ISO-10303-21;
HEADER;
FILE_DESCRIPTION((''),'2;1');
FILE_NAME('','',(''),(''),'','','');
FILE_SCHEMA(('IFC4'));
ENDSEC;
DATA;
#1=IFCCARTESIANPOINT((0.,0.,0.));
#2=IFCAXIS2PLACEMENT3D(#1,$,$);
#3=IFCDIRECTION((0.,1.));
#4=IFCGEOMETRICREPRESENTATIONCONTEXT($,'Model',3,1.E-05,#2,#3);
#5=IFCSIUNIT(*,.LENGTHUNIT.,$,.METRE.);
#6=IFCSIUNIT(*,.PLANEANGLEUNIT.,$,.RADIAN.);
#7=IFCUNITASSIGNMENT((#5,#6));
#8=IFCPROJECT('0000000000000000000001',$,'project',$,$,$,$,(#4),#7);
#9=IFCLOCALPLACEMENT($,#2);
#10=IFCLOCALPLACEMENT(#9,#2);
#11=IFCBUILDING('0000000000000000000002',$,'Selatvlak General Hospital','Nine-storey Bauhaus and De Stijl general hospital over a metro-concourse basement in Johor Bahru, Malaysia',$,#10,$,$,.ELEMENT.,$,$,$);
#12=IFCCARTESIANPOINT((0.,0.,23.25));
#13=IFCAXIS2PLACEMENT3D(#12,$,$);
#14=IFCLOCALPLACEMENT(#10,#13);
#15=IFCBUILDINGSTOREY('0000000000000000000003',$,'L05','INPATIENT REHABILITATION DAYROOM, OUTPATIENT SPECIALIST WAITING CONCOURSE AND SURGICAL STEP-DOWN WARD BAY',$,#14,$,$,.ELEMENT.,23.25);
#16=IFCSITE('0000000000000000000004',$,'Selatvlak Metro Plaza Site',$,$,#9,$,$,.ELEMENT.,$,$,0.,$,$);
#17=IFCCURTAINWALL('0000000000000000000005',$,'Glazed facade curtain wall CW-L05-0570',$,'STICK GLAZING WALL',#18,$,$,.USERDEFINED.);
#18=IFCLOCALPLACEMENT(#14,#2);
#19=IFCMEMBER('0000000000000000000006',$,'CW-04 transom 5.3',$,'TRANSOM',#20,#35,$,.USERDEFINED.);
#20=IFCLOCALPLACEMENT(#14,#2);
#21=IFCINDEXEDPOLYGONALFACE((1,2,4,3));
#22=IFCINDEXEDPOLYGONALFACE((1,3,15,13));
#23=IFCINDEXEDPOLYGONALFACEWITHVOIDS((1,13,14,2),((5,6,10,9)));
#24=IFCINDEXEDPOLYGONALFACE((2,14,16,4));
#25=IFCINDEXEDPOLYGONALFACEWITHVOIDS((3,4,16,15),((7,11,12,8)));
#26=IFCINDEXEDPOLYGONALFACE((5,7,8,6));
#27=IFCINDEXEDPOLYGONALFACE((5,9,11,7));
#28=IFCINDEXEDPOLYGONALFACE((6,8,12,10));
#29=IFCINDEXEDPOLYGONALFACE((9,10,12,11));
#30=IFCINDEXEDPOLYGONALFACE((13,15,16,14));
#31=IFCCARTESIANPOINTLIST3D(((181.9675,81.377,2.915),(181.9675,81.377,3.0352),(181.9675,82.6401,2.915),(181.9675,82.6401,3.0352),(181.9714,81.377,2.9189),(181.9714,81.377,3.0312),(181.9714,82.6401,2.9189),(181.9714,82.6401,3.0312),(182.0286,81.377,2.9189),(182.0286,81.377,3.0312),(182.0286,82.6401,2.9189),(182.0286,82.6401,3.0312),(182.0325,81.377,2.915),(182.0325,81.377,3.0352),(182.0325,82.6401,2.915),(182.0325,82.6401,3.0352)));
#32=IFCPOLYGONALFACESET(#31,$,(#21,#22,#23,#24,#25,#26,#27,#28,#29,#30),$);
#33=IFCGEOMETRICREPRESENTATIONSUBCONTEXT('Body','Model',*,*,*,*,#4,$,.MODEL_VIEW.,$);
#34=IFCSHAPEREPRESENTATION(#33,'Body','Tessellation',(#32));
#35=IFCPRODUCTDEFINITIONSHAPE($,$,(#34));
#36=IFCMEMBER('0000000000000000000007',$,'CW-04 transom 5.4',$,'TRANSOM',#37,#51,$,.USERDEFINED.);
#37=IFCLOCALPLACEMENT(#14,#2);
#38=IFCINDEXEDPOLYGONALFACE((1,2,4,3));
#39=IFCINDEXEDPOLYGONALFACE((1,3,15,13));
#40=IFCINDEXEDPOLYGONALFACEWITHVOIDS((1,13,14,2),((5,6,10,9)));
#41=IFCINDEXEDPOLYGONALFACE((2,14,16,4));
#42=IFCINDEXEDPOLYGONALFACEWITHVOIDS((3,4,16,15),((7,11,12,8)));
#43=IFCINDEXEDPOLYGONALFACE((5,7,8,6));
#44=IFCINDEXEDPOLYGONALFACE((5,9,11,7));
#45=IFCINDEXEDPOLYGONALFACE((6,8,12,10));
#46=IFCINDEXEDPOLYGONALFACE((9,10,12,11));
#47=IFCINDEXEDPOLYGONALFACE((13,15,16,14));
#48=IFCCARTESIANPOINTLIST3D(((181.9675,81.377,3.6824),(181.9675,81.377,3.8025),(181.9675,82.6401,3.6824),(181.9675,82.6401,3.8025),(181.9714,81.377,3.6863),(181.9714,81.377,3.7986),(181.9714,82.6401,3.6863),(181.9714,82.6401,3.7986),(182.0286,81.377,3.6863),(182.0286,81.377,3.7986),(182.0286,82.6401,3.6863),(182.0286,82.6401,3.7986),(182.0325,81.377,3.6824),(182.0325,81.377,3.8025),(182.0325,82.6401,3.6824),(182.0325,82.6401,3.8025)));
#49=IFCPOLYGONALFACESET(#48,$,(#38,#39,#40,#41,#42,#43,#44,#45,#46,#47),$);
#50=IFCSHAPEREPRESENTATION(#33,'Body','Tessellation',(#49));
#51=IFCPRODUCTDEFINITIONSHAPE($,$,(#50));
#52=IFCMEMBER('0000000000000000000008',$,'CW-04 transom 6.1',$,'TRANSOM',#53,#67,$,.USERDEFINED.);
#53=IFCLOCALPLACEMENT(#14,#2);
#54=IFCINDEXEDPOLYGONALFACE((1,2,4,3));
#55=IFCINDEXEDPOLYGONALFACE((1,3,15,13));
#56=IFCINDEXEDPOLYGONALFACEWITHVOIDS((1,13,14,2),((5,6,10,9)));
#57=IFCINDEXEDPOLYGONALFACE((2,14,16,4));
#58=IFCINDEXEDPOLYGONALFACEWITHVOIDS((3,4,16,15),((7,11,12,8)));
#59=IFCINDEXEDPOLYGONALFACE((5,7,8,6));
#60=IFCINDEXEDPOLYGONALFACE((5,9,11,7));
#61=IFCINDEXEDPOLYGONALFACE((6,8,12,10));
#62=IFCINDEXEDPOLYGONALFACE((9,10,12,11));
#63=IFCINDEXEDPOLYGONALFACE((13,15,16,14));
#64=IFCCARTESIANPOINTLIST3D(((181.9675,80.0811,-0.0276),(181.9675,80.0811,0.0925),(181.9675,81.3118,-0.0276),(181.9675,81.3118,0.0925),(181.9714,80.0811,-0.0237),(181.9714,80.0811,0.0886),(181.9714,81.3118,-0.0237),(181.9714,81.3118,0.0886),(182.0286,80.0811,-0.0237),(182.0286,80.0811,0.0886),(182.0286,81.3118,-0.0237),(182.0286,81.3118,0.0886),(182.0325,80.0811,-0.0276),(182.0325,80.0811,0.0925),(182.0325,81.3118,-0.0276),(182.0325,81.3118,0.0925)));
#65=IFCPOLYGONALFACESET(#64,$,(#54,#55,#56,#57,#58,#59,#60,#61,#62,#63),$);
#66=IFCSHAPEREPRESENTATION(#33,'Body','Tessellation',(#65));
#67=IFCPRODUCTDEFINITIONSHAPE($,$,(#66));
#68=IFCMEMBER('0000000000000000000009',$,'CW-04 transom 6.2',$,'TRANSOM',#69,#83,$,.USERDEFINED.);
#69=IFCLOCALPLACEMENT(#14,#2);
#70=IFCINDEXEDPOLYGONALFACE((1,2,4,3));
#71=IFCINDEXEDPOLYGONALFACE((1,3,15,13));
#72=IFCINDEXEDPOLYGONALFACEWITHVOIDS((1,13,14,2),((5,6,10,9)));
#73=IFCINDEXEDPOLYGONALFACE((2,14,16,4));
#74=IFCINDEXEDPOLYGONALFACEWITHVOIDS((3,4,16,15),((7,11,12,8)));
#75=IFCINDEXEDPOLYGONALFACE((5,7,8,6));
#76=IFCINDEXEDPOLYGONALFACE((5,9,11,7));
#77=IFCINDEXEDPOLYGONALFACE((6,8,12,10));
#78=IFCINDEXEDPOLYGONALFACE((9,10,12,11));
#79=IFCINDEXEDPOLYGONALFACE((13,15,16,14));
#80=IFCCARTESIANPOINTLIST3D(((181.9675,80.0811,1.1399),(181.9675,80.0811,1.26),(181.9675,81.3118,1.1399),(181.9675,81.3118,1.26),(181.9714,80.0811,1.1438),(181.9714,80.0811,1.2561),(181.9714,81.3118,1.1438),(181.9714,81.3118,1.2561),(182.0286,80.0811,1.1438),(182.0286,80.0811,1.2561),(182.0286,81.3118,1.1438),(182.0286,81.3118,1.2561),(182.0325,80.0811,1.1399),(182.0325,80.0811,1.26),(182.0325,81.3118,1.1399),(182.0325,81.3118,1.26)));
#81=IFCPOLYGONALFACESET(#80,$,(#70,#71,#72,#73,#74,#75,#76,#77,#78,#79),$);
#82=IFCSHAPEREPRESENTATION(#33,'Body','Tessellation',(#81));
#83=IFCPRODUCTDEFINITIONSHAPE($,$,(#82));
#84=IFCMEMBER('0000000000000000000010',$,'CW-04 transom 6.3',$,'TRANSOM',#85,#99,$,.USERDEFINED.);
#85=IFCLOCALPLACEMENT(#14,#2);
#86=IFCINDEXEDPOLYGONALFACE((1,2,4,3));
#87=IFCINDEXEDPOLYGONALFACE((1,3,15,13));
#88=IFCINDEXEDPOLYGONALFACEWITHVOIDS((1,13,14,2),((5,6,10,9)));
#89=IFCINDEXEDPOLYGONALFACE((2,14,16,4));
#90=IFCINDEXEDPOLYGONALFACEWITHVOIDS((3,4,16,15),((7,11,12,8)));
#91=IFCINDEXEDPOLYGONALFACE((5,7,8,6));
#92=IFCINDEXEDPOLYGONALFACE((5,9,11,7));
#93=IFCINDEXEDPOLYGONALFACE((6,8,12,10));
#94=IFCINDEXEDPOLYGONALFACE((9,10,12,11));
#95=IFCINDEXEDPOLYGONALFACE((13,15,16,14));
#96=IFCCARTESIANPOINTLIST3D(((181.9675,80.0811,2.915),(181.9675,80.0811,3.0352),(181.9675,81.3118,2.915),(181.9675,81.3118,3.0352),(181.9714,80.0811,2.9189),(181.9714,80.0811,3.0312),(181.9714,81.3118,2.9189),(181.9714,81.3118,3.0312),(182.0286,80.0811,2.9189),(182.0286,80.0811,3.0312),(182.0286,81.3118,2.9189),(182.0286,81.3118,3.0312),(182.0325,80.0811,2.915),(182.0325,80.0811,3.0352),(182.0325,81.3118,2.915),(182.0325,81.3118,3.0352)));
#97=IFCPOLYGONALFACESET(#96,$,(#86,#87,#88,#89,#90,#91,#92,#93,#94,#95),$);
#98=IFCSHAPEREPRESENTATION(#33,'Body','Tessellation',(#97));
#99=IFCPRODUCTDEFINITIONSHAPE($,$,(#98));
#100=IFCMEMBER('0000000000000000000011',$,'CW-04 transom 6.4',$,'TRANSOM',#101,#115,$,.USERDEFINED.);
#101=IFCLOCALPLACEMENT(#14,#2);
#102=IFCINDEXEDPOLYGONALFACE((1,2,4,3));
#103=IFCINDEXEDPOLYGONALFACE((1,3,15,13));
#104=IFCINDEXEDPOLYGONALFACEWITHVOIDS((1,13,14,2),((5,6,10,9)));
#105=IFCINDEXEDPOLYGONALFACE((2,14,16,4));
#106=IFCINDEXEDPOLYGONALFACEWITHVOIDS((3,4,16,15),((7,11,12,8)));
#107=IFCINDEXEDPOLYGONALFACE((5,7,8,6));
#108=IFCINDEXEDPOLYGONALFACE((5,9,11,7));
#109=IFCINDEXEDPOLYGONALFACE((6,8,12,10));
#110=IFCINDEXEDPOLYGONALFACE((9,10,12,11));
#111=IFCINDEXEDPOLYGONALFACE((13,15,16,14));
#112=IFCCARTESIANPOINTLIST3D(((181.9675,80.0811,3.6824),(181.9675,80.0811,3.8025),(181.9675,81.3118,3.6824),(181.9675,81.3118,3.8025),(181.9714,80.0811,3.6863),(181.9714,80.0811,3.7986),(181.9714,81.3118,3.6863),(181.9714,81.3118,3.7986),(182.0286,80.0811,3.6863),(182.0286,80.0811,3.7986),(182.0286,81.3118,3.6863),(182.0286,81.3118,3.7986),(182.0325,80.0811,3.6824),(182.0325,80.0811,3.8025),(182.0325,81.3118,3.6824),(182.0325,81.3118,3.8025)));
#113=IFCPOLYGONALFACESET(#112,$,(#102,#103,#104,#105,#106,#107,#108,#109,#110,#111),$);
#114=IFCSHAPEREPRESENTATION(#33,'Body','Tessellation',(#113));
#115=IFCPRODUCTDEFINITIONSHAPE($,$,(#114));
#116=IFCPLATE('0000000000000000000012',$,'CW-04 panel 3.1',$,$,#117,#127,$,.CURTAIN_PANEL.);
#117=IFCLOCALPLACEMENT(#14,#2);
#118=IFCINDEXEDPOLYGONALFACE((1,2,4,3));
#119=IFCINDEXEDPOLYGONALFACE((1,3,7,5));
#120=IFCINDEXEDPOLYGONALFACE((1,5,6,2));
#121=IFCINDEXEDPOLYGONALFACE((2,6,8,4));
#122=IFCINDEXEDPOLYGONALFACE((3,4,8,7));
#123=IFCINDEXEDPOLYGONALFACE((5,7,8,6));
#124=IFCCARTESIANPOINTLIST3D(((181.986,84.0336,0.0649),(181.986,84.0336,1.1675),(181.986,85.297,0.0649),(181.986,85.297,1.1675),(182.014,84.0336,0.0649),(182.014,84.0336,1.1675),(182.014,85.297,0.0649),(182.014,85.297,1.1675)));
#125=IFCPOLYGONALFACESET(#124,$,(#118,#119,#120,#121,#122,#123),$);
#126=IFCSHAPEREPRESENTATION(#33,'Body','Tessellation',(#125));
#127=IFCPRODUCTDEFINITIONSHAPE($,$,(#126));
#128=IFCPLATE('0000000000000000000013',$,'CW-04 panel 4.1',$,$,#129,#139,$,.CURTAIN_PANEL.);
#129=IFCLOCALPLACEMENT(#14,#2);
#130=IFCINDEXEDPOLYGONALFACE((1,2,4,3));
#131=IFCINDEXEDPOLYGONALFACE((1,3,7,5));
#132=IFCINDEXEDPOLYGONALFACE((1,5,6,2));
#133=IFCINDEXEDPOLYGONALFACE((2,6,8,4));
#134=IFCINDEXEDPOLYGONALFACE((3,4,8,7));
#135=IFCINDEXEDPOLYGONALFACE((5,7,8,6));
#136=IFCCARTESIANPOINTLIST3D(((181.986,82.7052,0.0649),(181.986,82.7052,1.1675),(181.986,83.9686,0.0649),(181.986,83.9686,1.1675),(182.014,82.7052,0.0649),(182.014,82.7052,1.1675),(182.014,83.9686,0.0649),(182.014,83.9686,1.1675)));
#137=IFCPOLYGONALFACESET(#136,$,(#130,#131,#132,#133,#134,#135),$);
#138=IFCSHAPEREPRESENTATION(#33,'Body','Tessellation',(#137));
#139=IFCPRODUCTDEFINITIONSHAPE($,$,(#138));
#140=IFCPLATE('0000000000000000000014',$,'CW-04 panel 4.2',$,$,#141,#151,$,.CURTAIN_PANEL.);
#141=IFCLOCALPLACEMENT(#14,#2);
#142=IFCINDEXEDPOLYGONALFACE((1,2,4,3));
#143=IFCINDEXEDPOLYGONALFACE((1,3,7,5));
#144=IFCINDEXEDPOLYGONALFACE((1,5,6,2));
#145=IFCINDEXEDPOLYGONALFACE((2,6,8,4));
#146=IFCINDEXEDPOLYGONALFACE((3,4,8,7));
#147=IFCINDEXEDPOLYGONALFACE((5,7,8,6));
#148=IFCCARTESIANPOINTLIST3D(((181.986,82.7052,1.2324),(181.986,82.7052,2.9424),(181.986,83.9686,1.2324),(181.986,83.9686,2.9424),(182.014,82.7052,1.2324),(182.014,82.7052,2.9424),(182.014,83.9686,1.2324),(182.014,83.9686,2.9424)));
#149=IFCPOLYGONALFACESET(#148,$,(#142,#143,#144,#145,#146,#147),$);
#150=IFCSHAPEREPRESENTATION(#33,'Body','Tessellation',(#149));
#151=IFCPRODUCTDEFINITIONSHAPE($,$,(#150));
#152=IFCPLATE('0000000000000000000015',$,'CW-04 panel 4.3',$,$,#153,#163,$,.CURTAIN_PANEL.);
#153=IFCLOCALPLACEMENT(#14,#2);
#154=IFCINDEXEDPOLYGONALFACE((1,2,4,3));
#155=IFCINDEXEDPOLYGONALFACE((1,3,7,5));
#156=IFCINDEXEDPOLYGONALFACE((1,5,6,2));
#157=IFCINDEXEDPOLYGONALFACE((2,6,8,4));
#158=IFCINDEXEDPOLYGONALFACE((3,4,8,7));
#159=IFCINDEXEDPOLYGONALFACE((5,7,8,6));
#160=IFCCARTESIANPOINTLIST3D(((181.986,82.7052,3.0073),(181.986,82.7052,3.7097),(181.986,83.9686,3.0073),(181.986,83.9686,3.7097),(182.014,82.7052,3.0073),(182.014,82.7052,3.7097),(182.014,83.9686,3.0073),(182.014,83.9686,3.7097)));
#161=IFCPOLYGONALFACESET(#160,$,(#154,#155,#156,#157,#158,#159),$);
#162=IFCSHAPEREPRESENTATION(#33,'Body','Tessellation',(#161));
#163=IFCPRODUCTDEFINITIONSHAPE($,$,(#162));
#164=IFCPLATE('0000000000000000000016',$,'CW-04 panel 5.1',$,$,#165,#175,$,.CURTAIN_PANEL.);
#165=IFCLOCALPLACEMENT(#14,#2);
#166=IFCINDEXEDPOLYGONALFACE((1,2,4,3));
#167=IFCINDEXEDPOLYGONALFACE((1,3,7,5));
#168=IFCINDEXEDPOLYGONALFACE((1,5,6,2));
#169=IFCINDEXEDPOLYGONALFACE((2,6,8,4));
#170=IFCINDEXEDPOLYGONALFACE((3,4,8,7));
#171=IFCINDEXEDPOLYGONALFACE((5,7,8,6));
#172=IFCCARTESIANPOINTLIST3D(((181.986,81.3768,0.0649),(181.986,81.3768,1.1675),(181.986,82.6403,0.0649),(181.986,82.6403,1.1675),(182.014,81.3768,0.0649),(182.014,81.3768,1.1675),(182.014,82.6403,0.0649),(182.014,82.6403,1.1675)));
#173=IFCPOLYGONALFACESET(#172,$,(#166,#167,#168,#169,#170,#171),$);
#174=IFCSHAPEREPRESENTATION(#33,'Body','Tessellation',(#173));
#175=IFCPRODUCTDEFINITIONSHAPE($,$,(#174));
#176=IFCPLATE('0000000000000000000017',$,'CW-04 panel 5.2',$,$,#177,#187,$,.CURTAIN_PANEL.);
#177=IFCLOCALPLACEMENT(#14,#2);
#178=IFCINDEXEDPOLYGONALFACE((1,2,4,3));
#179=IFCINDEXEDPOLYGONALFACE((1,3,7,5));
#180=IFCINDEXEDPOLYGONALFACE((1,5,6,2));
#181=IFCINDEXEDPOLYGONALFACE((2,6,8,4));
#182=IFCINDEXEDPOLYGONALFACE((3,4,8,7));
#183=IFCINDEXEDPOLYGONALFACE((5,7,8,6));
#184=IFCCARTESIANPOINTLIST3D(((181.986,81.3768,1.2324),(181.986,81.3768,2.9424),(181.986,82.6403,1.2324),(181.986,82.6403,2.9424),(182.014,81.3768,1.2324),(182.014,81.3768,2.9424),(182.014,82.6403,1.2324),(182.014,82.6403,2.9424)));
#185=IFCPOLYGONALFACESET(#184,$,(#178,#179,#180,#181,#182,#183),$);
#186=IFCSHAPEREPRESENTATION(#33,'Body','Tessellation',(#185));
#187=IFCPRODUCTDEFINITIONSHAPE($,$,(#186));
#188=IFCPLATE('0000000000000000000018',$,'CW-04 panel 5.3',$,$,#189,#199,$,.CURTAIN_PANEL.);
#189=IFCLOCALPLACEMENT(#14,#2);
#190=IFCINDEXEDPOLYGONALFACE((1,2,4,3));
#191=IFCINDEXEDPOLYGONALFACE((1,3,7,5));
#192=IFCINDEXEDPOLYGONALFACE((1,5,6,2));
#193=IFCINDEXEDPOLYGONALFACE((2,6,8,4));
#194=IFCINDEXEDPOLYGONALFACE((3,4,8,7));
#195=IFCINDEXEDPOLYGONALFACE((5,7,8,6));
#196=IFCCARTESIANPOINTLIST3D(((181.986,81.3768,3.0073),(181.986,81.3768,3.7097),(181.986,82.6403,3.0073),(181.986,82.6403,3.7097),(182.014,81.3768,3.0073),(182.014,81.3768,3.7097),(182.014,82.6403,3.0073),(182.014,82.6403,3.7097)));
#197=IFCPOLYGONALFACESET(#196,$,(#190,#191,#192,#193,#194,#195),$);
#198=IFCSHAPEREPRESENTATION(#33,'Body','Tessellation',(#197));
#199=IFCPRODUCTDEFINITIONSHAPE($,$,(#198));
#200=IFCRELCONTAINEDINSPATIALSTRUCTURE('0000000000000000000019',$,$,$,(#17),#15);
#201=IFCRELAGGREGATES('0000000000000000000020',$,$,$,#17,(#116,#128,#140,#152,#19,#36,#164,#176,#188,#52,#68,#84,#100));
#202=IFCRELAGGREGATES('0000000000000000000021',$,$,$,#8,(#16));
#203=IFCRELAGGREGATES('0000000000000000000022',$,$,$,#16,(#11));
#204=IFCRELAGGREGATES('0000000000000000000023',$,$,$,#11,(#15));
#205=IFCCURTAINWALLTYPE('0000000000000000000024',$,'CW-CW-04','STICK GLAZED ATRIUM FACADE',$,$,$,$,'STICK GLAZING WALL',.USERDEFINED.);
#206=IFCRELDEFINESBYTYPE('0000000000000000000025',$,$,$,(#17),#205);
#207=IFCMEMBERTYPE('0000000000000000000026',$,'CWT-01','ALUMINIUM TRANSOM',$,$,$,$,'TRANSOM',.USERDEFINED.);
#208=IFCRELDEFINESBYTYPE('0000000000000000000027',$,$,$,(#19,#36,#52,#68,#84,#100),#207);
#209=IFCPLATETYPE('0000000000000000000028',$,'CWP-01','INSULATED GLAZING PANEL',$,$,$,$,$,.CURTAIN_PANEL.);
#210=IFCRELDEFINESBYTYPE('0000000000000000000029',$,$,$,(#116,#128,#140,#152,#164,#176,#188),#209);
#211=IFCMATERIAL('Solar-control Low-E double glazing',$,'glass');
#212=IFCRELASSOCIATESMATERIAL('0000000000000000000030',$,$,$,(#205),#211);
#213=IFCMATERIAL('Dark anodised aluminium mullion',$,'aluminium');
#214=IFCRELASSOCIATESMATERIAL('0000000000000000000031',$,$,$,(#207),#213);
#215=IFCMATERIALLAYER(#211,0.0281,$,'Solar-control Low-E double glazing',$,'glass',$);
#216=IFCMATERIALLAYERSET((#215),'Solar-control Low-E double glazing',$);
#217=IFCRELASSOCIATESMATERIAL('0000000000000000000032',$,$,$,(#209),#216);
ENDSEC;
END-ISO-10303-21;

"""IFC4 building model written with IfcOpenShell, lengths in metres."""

from ifc_helpers import new_model, si_unit, direction, frame, origin, origin_2d, place, context, subcontext, project, spatial, rectangle, hollow_rectangle, extrude, material, layer, layer_set, material_profile, profile_set, type_object, element, aggregate, save


model = new_model("IFC4")

# Units and contexts
model_context = context("Model", 3, precision=1e-05, world=origin(), true_north=direction((0.0, 1.0)))
body_context = subcontext(model_context, "Body", "Model", "MODEL_VIEW")
ifc_project = project(units=[si_unit("LENGTHUNIT", "METRE"), si_unit("PLANEANGLEUNIT", "RADIAN")], contexts=[model_context])

# Site, building, storey
site_placement = place(None, origin())
site = spatial("IfcSite", under=ifc_project, at=site_placement, Name="Selatvlak Metro Plaza Site", CompositionType="ELEMENT", RefElevation=0.0)
building_placement = place(site_placement, origin())
building = spatial("IfcBuilding", under=site, at=building_placement, Name="Selatvlak General Hospital", Description="Nine-storey Bauhaus and De Stijl general hospital over a metro-concourse basement in Johor Bahru, Malaysia", CompositionType="ELEMENT")
storey_placement = place(building_placement, frame((0.0, 0.0, 23.25)))
storey = spatial("IfcBuildingStorey", under=building, at=storey_placement, Name="L05", Description="INPATIENT REHABILITATION DAYROOM, OUTPATIENT SPECIALIST WAITING CONCOURSE AND SURGICAL STEP-DOWN WARD BAY", CompositionType="ELEMENT", Elevation=23.25)

# Curtain wall, members, plates
ifc_material_1 = material(Name="Solar-control Low-E double glazing", Category="glass")
curtain_wall_type = type_object("IfcCurtainWallType", Name="CW-CW-04", Description="STICK GLAZED ATRIUM FACADE", ElementType="STICK GLAZING WALL", PredefinedType="USERDEFINED", material=ifc_material_1)
curtain_wall_placement = place(storey_placement, origin())
curtain_wall = element("IfcCurtainWall", 1, at=curtain_wall_placement, inside=storey, type_object=curtain_wall_type, Name="Glazed facade curtain wall CW-L05-0570", ObjectType="STICK GLAZING WALL", PredefinedType="USERDEFINED")
ifc_material_2 = material(Name="Dark anodised aluminium mullion", Category="aluminium")
ifc_material_profile_1 = material_profile(ifc_material_2, hollow_rectangle(XDim=0.0649, YDim=0.1201, WallThickness=0.0039, at=origin_2d()), Name="AL-TRN 65x120x4")
ifc_profile_set_1 = profile_set([ifc_material_profile_1], Name="Dark anodised aluminium mullion")
member_type_1 = type_object("IfcMemberType", Name="CWT-01", Description="ALUMINIUM TRANSOM", ElementType="TRANSOM", PredefinedType="USERDEFINED", material=ifc_profile_set_1)
member_1_placement = place(storey_placement, frame((182.0, 82.6401, 2.9751), z_axis=(0.0, -1.0, 0.0), x_axis=(1.0, 0.0, 0.0)))
member_1 = element("IfcMember", 2, at=member_1_placement, type_object=member_type_1, Name="CW-04 transom 5.3", ObjectType="TRANSOM", PredefinedType="USERDEFINED", context=body_context, shape_type="SweptSolid", body=[
    extrude(hollow_rectangle(XDim=0.0649, YDim=0.1201, WallThickness=0.0039, at=origin_2d()), origin(), (0.0, 0.0, 1.0), 1.2632),
])
member_2_placement = place(storey_placement, frame((182.0, 82.6401, 3.7424), z_axis=(0.0, -1.0, 0.0), x_axis=(1.0, 0.0, 0.0)))
member_2 = element("IfcMember", 3, at=member_2_placement, type_object=member_type_1, Name="CW-04 transom 5.4", ObjectType="TRANSOM", PredefinedType="USERDEFINED", context=body_context, shape_type="SweptSolid", body=[
    extrude(hollow_rectangle(XDim=0.0649, YDim=0.1201, WallThickness=0.0039, at=origin_2d()), origin(), (0.0, 0.0, 1.0), 1.2632),
])
member_3_placement = place(storey_placement, frame((182.0, 81.3118, 0.0325), z_axis=(0.0, -1.0, 0.0), x_axis=(1.0, 0.0, 0.0)))
member_3 = element("IfcMember", 4, at=member_3_placement, type_object=member_type_1, Name="CW-04 transom 6.1", ObjectType="TRANSOM", PredefinedType="USERDEFINED", context=body_context, shape_type="SweptSolid", body=[
    extrude(hollow_rectangle(XDim=0.0649, YDim=0.1201, WallThickness=0.0039, at=origin_2d()), origin(), (0.0, 0.0, 1.0), 1.2307),
])
member_4_placement = place(storey_placement, frame((182.0, 81.3118, 1.2), z_axis=(0.0, -1.0, 0.0), x_axis=(1.0, 0.0, 0.0)))
member_4 = element("IfcMember", 5, at=member_4_placement, type_object=member_type_1, Name="CW-04 transom 6.2", ObjectType="TRANSOM", PredefinedType="USERDEFINED", context=body_context, shape_type="SweptSolid", body=[
    extrude(hollow_rectangle(XDim=0.0649, YDim=0.1201, WallThickness=0.0039, at=origin_2d()), origin(), (0.0, 0.0, 1.0), 1.2307),
])
member_5_placement = place(storey_placement, frame((182.0, 81.3118, 2.9751), z_axis=(0.0, -1.0, 0.0), x_axis=(1.0, 0.0, 0.0)))
member_5 = element("IfcMember", 6, at=member_5_placement, type_object=member_type_1, Name="CW-04 transom 6.3", ObjectType="TRANSOM", PredefinedType="USERDEFINED", context=body_context, shape_type="SweptSolid", body=[
    extrude(hollow_rectangle(XDim=0.0649, YDim=0.1201, WallThickness=0.0039, at=origin_2d()), origin(), (0.0, 0.0, 1.0), 1.2307),
])
member_6_placement = place(storey_placement, frame((182.0, 81.3118, 3.7424), z_axis=(0.0, -1.0, 0.0), x_axis=(1.0, 0.0, 0.0)))
member_6 = element("IfcMember", 7, at=member_6_placement, type_object=member_type_1, Name="CW-04 transom 6.4", ObjectType="TRANSOM", PredefinedType="USERDEFINED", context=body_context, shape_type="SweptSolid", body=[
    extrude(hollow_rectangle(XDim=0.0649, YDim=0.1201, WallThickness=0.0039, at=origin_2d()), origin(), (0.0, 0.0, 1.0), 1.2307),
])
ifc_layer = layer(ifc_material_1, 0.0281, Name="Solar-control Low-E double glazing", Category="glass")
ifc_layer_set = layer_set([ifc_layer], Name="Solar-control Low-E double glazing")
plate_type = type_object("IfcPlateType", Name="CWP-01", Description="INSULATED GLAZING PANEL", PredefinedType="CURTAIN_PANEL", material=ifc_layer_set)
plate_1_placement = place(storey_placement, frame((182.0, 84.6653, 0.0649), z_axis=(0.0, 0.0, 1.0), x_axis=(0.0, -1.0, 0.0)))
plate_1 = element("IfcPlate", 8, at=plate_1_placement, type_object=plate_type, Name="CW-04 panel 3.1", PredefinedType="CURTAIN_PANEL", context=body_context, shape_type="SweptSolid", body=[
    extrude(rectangle(XDim=1.2634, YDim=0.0281, at=origin_2d()), origin(), (0.0, 0.0, 1.0), 1.1025),
])
plate_2_placement = place(storey_placement, frame((182.0, 83.3369, 0.0649), z_axis=(0.0, 0.0, 1.0), x_axis=(0.0, -1.0, 0.0)))
plate_2 = element("IfcPlate", 9, at=plate_2_placement, type_object=plate_type, Name="CW-04 panel 4.1", PredefinedType="CURTAIN_PANEL", context=body_context, shape_type="SweptSolid", body=[
    extrude(rectangle(XDim=1.2634, YDim=0.0281, at=origin_2d()), origin(), (0.0, 0.0, 1.0), 1.1025),
])
plate_3_placement = place(storey_placement, frame((182.0, 83.3369, 1.2324), z_axis=(0.0, 0.0, 1.0), x_axis=(0.0, -1.0, 0.0)))
plate_3 = element("IfcPlate", 10, at=plate_3_placement, type_object=plate_type, Name="CW-04 panel 4.2", PredefinedType="CURTAIN_PANEL", context=body_context, shape_type="SweptSolid", body=[
    extrude(rectangle(XDim=1.2634, YDim=0.0281, at=origin_2d()), origin(), (0.0, 0.0, 1.0), 1.71),
])
plate_4_placement = place(storey_placement, frame((182.0, 83.3369, 3.0073), z_axis=(0.0, 0.0, 1.0), x_axis=(0.0, -1.0, 0.0)))
plate_4 = element("IfcPlate", 11, at=plate_4_placement, type_object=plate_type, Name="CW-04 panel 4.3", PredefinedType="CURTAIN_PANEL", context=body_context, shape_type="SweptSolid", body=[
    extrude(rectangle(XDim=1.2634, YDim=0.0281, at=origin_2d()), origin(), (0.0, 0.0, 1.0), 0.7024),
])
plate_5_placement = place(storey_placement, frame((182.0, 82.0085, 0.0649), z_axis=(0.0, 0.0, 1.0), x_axis=(0.0, -1.0, 0.0)))
plate_5 = element("IfcPlate", 12, at=plate_5_placement, type_object=plate_type, Name="CW-04 panel 5.1", PredefinedType="CURTAIN_PANEL", context=body_context, shape_type="SweptSolid", body=[
    extrude(rectangle(XDim=1.2634, YDim=0.0281, at=origin_2d()), origin(), (0.0, 0.0, 1.0), 1.1025),
])
plate_6_placement = place(storey_placement, frame((182.0, 82.0085, 1.2324), z_axis=(0.0, 0.0, 1.0), x_axis=(0.0, -1.0, 0.0)))
plate_6 = element("IfcPlate", 13, at=plate_6_placement, type_object=plate_type, Name="CW-04 panel 5.2", PredefinedType="CURTAIN_PANEL", context=body_context, shape_type="SweptSolid", body=[
    extrude(rectangle(XDim=1.2634, YDim=0.0281, at=origin_2d()), origin(), (0.0, 0.0, 1.0), 1.71),
])
plate_7_placement = place(storey_placement, frame((182.0, 82.0085, 3.0073), z_axis=(0.0, 0.0, 1.0), x_axis=(0.0, -1.0, 0.0)))
plate_7 = element("IfcPlate", 14, at=plate_7_placement, type_object=plate_type, Name="CW-04 panel 5.3", PredefinedType="CURTAIN_PANEL", context=body_context, shape_type="SweptSolid", body=[
    extrude(rectangle(XDim=1.2634, YDim=0.0281, at=origin_2d()), origin(), (0.0, 0.0, 1.0), 0.7024),
])
aggregate(curtain_wall, [plate_1, plate_2, plate_3, plate_4, member_1, member_2, plate_5, plate_6, plate_7, member_3, member_4, member_5, member_6])

save(model, "model.ifc")
